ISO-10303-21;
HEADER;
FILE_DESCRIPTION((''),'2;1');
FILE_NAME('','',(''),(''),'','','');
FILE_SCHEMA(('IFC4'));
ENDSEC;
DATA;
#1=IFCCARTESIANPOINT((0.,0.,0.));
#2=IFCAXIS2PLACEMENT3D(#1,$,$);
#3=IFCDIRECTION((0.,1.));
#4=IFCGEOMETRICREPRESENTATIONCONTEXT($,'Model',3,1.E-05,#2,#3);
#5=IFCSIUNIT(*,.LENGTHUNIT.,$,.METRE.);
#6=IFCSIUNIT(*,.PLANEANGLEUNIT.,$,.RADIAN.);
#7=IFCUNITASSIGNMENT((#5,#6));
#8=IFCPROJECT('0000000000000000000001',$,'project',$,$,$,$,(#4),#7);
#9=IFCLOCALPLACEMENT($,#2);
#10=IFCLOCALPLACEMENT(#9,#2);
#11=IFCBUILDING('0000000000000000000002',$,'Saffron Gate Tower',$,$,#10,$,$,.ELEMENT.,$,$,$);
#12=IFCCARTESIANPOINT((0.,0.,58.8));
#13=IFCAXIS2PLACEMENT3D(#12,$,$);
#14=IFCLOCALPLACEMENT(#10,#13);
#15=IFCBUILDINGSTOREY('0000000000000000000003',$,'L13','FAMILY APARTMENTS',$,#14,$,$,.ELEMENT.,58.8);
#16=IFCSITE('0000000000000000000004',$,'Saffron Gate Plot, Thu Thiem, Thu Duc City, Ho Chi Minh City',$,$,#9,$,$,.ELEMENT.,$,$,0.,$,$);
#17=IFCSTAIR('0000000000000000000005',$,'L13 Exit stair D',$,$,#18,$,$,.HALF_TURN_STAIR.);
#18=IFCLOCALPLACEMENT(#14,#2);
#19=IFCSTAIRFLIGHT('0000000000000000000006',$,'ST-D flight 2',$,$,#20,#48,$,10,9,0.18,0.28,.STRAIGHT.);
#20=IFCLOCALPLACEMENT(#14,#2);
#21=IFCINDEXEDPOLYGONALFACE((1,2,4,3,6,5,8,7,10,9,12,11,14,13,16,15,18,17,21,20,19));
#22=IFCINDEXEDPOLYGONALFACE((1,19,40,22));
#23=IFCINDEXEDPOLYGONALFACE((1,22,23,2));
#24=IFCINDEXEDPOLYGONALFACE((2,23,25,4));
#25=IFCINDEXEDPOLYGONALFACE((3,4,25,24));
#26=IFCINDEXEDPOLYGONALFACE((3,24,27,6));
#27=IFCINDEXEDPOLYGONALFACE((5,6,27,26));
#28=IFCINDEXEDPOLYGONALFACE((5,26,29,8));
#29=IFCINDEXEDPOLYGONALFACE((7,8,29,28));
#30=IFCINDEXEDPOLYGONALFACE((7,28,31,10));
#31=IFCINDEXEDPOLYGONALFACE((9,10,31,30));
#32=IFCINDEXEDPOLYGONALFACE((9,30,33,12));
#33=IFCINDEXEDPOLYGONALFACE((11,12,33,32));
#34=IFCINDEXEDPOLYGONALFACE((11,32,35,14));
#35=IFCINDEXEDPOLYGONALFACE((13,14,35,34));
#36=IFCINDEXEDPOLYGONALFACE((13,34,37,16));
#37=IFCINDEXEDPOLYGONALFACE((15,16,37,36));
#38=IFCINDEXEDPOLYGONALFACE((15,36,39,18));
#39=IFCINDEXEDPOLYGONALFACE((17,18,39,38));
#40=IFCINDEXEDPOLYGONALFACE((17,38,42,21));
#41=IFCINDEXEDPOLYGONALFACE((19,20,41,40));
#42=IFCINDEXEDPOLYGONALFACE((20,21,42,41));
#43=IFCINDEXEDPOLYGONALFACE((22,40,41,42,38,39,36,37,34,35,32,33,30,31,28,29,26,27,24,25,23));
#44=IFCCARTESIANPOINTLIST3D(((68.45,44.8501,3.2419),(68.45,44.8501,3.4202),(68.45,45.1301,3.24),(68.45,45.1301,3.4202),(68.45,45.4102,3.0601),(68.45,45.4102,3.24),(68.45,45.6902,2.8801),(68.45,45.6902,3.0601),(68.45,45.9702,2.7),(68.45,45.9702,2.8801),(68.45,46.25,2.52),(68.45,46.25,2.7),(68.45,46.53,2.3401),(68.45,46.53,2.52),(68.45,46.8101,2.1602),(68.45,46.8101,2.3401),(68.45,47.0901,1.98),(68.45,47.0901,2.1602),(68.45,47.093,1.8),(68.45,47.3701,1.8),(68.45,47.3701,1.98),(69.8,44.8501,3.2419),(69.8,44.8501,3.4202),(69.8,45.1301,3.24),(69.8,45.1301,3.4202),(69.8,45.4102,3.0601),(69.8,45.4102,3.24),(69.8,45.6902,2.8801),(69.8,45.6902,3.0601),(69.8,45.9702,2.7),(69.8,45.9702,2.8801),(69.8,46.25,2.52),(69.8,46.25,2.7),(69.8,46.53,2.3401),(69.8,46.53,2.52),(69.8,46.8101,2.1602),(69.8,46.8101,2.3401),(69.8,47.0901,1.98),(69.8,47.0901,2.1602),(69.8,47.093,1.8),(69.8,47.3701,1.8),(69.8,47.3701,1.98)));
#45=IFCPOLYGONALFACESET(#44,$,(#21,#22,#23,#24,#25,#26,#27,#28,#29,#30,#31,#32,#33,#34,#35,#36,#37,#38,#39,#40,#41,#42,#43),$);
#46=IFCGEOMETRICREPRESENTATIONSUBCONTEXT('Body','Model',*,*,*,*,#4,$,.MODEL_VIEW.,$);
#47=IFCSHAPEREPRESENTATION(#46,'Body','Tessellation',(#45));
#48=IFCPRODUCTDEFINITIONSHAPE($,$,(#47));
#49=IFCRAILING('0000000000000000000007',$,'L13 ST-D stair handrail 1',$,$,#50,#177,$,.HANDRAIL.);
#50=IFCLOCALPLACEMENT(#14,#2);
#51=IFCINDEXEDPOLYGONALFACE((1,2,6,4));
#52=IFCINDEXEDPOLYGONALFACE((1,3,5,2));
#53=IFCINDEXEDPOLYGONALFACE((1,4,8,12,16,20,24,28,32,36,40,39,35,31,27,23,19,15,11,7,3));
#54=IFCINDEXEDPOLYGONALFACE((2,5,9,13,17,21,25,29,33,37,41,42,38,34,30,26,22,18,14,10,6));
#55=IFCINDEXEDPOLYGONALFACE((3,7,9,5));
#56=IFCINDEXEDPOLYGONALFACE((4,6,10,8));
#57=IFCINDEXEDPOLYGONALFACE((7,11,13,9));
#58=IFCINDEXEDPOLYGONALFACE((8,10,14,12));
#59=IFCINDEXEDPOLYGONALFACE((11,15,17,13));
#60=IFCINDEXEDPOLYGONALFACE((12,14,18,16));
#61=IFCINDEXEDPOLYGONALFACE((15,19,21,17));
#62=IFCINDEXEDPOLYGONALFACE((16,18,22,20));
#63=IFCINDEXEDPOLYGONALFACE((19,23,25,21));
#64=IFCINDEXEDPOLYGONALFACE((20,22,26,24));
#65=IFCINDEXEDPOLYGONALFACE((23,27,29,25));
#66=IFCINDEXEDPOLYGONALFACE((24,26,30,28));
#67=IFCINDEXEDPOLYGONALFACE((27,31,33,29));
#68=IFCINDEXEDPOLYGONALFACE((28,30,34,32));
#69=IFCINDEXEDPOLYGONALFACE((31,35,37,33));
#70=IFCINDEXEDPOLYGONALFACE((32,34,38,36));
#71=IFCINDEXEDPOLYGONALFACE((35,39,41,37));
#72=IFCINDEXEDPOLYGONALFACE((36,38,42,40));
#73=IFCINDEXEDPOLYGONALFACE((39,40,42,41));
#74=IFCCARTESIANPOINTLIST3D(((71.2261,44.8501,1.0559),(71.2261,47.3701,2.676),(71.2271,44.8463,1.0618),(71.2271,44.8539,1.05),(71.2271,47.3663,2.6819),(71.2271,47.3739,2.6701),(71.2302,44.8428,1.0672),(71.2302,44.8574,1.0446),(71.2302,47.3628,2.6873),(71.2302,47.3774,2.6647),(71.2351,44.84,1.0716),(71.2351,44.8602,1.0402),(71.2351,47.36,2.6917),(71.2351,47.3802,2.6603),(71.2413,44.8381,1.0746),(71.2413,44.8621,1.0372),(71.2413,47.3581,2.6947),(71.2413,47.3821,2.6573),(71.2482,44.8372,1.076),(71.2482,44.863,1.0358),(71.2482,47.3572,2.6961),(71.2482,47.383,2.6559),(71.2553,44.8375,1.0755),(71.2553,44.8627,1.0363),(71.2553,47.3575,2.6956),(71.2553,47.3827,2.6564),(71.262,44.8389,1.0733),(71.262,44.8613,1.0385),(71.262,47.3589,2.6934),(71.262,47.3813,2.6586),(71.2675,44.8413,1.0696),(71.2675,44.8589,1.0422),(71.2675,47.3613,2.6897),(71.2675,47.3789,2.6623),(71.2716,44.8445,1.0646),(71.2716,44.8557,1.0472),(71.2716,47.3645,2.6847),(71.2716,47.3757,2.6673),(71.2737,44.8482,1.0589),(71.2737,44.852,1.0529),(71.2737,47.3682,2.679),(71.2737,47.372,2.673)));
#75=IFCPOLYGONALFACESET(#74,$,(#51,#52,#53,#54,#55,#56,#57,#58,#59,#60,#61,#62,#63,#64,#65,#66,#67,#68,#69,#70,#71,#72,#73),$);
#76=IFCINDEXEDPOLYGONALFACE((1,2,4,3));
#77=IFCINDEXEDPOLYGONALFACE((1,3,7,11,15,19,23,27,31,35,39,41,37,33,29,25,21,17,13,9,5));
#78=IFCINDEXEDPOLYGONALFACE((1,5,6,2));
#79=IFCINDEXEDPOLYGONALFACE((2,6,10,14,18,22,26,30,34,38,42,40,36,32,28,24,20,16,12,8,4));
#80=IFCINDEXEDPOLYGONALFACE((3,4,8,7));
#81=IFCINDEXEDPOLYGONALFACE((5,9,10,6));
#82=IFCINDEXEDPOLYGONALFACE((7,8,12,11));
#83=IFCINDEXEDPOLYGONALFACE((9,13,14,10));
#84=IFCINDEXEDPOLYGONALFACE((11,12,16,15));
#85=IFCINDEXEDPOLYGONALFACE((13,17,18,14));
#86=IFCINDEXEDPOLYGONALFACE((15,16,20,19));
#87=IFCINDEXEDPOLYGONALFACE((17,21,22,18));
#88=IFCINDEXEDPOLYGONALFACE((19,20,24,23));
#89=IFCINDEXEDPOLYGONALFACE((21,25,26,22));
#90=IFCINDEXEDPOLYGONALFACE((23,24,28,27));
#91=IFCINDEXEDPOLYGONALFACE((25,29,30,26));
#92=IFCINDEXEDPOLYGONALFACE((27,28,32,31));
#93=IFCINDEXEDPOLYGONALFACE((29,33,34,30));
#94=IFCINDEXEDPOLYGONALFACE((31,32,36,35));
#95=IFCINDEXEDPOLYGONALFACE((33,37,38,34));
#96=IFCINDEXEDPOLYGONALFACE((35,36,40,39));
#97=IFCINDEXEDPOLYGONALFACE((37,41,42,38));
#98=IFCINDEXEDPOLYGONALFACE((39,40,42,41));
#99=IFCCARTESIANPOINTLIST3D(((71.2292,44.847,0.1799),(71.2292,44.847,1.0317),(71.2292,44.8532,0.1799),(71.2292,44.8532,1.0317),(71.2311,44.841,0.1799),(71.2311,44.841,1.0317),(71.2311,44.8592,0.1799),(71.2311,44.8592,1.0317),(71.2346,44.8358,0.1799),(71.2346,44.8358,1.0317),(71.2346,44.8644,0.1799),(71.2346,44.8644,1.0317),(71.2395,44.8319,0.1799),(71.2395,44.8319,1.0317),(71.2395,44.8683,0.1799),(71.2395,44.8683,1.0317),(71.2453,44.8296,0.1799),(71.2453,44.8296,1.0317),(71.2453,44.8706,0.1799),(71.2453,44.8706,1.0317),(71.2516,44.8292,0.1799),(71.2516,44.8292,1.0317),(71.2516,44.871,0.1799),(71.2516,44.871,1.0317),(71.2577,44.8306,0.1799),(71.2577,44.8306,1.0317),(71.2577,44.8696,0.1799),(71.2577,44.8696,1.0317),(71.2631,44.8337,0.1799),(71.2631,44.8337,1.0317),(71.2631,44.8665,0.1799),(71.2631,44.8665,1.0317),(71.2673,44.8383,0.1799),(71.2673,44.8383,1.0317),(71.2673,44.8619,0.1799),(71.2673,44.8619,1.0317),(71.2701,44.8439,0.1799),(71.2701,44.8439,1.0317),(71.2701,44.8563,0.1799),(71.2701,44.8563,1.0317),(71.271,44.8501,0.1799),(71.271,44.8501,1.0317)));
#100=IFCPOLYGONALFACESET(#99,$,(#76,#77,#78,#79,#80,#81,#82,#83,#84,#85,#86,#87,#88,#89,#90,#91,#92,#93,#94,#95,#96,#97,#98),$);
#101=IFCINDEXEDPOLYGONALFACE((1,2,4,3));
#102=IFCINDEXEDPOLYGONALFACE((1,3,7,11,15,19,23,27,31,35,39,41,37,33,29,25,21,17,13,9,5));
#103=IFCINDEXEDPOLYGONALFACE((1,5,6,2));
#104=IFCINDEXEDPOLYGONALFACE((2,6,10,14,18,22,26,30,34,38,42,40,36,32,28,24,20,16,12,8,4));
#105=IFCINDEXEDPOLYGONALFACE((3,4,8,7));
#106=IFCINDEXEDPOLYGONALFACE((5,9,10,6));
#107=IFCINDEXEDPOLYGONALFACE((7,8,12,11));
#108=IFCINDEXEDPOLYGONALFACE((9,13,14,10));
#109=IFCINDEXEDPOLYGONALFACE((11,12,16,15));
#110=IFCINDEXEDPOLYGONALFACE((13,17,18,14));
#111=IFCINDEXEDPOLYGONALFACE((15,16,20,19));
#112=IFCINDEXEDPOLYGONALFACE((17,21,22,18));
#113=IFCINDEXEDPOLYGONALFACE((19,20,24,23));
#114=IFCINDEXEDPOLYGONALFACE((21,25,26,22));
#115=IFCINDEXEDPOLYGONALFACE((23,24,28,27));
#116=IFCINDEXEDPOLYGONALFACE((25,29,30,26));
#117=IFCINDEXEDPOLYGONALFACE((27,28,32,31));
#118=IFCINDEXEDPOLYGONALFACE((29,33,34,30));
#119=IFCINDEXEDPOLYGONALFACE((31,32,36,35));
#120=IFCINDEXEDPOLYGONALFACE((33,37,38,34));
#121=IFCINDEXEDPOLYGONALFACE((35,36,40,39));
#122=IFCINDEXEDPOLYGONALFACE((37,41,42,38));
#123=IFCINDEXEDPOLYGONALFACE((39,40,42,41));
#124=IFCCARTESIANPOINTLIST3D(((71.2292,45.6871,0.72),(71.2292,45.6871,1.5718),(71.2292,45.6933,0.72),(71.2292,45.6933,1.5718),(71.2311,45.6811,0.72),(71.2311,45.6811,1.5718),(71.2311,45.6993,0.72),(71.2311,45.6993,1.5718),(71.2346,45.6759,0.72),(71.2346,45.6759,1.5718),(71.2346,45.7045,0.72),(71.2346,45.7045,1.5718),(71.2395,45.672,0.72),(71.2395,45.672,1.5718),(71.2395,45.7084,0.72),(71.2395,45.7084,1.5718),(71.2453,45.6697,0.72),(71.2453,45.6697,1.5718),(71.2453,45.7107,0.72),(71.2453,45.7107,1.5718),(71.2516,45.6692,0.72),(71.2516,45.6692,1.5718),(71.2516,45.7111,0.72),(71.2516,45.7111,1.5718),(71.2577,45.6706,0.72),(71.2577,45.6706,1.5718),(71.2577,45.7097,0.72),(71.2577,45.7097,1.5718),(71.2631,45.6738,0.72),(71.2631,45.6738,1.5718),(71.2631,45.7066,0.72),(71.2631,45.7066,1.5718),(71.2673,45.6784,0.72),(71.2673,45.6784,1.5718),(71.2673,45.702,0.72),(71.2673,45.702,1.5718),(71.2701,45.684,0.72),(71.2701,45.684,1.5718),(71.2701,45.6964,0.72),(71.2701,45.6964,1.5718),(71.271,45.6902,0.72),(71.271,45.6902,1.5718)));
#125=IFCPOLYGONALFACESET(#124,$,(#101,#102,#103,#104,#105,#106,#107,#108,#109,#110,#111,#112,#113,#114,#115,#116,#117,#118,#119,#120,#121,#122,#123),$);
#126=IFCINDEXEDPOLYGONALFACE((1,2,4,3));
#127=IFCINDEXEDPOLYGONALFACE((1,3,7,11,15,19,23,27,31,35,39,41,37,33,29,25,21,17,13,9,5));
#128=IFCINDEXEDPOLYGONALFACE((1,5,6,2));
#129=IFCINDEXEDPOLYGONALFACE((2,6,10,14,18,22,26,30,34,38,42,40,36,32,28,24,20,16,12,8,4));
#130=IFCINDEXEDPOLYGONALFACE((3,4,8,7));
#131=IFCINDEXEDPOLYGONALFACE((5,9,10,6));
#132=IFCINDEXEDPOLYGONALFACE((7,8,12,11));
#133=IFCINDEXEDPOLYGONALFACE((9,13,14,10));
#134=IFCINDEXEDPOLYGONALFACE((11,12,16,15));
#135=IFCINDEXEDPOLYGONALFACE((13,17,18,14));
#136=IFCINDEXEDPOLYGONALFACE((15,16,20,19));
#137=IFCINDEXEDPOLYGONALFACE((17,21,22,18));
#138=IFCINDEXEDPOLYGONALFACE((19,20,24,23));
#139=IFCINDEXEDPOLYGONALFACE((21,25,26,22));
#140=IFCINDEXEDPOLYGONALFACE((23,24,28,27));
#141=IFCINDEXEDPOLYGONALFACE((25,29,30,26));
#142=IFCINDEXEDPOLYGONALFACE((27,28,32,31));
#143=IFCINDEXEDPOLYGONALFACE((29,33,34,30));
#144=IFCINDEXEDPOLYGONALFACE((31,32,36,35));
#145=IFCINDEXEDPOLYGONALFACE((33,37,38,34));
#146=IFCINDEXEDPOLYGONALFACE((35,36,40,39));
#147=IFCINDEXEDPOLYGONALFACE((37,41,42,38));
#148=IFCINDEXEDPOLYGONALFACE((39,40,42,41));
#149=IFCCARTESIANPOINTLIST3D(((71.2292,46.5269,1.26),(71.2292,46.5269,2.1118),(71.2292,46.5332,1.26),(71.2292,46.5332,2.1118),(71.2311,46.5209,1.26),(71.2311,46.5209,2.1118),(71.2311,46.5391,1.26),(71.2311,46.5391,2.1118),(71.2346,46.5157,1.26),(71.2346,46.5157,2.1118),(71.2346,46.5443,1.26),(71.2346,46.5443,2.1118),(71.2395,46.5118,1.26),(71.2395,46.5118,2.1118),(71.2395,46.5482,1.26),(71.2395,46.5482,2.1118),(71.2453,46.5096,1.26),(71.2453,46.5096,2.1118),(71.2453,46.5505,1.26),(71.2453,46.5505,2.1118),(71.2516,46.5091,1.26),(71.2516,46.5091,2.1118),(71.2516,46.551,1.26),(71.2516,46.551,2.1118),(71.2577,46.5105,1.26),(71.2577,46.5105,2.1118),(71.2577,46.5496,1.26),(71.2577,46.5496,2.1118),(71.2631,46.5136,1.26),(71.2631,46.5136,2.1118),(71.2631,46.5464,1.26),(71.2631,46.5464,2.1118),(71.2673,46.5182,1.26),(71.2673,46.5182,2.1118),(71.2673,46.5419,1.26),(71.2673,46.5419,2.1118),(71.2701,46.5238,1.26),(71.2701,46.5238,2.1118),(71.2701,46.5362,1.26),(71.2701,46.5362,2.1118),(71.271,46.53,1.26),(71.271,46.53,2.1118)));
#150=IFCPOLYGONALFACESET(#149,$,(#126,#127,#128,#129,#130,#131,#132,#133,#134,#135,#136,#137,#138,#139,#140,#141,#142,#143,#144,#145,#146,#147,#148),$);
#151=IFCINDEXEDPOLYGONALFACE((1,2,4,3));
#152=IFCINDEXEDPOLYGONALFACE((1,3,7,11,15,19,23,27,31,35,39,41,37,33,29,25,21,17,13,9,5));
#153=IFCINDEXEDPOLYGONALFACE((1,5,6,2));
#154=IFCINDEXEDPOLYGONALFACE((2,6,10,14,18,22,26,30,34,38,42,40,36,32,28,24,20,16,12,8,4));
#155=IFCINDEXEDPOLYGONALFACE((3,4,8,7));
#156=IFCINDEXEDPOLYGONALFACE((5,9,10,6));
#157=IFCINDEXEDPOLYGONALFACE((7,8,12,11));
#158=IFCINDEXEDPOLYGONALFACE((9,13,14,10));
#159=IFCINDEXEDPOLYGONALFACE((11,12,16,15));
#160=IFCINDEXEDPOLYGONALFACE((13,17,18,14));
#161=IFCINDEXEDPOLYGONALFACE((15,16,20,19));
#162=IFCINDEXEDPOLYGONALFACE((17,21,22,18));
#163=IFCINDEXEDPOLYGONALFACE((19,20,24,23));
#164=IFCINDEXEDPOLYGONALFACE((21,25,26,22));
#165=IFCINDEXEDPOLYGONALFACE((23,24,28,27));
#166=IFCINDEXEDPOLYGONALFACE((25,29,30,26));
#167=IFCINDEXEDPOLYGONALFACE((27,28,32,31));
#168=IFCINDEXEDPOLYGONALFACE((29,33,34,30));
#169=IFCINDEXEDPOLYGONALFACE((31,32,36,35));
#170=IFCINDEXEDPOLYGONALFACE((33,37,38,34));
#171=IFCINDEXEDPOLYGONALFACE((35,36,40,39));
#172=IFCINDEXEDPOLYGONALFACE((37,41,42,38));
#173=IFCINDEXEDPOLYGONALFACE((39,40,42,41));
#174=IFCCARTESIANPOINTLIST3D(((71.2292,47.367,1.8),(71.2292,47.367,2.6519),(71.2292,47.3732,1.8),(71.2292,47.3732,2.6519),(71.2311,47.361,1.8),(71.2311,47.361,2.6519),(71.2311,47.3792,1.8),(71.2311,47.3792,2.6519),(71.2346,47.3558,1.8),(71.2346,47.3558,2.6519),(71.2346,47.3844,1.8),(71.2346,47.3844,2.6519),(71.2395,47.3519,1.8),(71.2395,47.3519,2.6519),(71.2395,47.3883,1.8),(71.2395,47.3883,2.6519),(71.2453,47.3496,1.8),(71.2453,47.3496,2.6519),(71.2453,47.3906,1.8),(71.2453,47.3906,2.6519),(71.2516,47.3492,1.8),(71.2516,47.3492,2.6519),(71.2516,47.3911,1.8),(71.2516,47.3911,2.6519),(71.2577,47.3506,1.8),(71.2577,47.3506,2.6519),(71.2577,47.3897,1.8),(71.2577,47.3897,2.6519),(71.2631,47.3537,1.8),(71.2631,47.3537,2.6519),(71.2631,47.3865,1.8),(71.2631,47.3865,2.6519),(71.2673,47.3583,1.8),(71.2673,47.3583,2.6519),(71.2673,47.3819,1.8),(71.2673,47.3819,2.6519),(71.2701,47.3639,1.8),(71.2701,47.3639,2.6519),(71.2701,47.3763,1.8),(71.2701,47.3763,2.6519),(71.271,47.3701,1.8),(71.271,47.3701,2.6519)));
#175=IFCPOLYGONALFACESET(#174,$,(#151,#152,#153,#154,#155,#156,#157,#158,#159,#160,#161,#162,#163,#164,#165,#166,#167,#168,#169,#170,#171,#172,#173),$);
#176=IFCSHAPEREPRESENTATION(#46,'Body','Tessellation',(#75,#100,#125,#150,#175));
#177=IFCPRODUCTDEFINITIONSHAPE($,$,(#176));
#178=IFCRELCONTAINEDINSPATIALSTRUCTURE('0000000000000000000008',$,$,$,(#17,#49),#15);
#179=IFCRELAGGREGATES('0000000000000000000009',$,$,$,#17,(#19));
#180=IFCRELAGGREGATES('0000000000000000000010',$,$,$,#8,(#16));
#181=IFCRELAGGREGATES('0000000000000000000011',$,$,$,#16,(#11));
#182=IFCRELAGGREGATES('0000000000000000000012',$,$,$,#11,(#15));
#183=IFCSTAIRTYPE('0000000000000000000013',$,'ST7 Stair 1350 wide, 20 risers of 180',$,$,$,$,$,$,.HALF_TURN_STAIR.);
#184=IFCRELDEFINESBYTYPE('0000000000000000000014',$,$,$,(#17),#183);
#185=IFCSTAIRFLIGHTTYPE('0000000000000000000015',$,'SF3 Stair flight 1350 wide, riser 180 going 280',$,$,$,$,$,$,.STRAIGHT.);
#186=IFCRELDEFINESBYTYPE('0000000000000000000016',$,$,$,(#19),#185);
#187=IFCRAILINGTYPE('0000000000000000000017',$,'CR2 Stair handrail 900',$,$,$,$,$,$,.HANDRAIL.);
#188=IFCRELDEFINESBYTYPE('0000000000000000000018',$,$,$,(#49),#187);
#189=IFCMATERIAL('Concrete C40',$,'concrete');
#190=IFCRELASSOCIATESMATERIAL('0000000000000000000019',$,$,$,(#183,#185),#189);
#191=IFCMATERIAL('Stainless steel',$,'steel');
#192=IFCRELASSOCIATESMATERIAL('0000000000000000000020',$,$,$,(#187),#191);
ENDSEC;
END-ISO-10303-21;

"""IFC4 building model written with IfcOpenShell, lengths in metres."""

from ifc_helpers import new_model, si_unit, direction, frame, origin, origin_2d, place, context, subcontext, project, spatial, polyline, circle, outline, extrude, material, type_object, element, aggregate, save


model = new_model("IFC4")

# Units and contexts
model_context = context("Model", 3, precision=1e-05, world=origin(), true_north=direction((0.0, 1.0)))
body_context = subcontext(model_context, "Body", "Model", "MODEL_VIEW")
ifc_project = project(units=[si_unit("LENGTHUNIT", "METRE"), si_unit("PLANEANGLEUNIT", "RADIAN")], contexts=[model_context])

# Site, building, storey
site_placement = place(None, origin())
site = spatial("IfcSite", under=ifc_project, at=site_placement, Name="Saffron Gate Plot, Thu Thiem, Thu Duc City, Ho Chi Minh City", CompositionType="ELEMENT", RefElevation=0.0)
building_placement = place(site_placement, origin())
building = spatial("IfcBuilding", under=site, at=building_placement, Name="Saffron Gate Tower", CompositionType="ELEMENT")
storey_placement = place(building_placement, frame((0.0, 0.0, 58.8)))
storey = spatial("IfcBuildingStorey", under=building, at=storey_placement, Name="L13", Description="FAMILY APARTMENTS", CompositionType="ELEMENT", Elevation=58.8)

# Stair, stair flight
ifc_material_1 = material(Name="Concrete C40", Category="concrete")
stair_type = type_object("IfcStairType", Name="ST7 Stair 1350 wide, 20 risers of 180", PredefinedType="HALF_TURN_STAIR", material=ifc_material_1)
stair_placement = place(storey_placement, origin())
stair = element("IfcStair", 1, at=stair_placement, inside=storey, type_object=stair_type, Name="L13 Exit stair D", PredefinedType="HALF_TURN_STAIR")
stair_flight_type = type_object("IfcStairFlightType", Name="SF3 Stair flight 1350 wide, riser 180 going 280", PredefinedType="STRAIGHT", material=ifc_material_1)
stair_flight_placement = place(storey_placement, frame((69.125, 47.3701, 1.8), z_axis=(0.0, 0.0, 1.0), x_axis=(0.0, -1.0, 0.0)))
stair_flight = element("IfcStairFlight", 2, at=stair_flight_placement, type_object=stair_flight_type, Name="ST-D flight 2", NumberOfRisers=10, NumberOfTreads=9, PredefinedType="STRAIGHT", RiserHeight=0.18, TreadLength=0.28, context=body_context, shape_type="SweptSolid", body=[
    extrude(outline(polyline([(0.0, 0.0), (0.0, 0.1799), (0.28, 0.1799), (0.28, 0.3601), (0.5601, 0.3601), (0.5601, 0.54), (0.8401, 0.54), (0.8401, 0.72), (1.1201, 0.72), (1.1201, 0.8999), (1.3999, 0.8999), (1.3999, 1.0801), (1.6799, 1.0801), (1.6799, 1.26), (1.96, 1.26), (1.96, 1.4399), (2.24, 1.4399), (2.24, 1.6201), (2.52, 1.6201), (2.52, 1.8), (2.52, 1.4419), (0.2771, 0.0), (0.0, 0.0)])), frame((0.0, 0.675, 0.0), z_axis=(0.0, -1.0, 0.0), x_axis=(1.0, 0.0, 0.0)), (0.0, 0.0, 1.0), 1.3501),
])
aggregate(stair, [stair_flight])

# Railing
ifc_material_2 = material(Name="Stainless steel", Category="steel")
railing_type_1 = type_object("IfcRailingType", Name="CR2 Stair handrail 900", PredefinedType="HANDRAIL", material=ifc_material_2)
railing_1_placement = place(storey_placement, frame((71.25, 44.8501, 0.1799)))
element("IfcRailing", 3, at=railing_1_placement, inside=storey, type_object=railing_type_1, Name="L13 ST-D stair handrail 1", PredefinedType="HANDRAIL", context=body_context, shape_type="SweptSolid", body=[
    extrude(circle(Radius=0.0239, at=origin_2d()), frame((0.0, 0.0, 0.876), z_axis=(0.0, 0.841163, 0.540782), x_axis=(-1.0, 0.0, 0.0)), (0.0, 0.0, 1.0), 2.9958),
    extrude(circle(Radius=0.021, at=origin_2d()), origin(), (0.0, 0.0, 1.0), 0.8518),
    extrude(circle(Radius=0.021, at=origin_2d()), frame((0.0, 0.8401, 0.54)), (0.0, 0.0, 1.0), 0.8518),
    extrude(circle(Radius=0.021, at=origin_2d()), frame((0.0, 1.6799, 1.0801)), (0.0, 0.0, 1.0), 0.8518),
    extrude(circle(Radius=0.021, at=origin_2d()), frame((0.0, 2.52, 1.6201)), (0.0, 0.0, 1.0), 0.8518),
])

save(model, "model.ifc")
